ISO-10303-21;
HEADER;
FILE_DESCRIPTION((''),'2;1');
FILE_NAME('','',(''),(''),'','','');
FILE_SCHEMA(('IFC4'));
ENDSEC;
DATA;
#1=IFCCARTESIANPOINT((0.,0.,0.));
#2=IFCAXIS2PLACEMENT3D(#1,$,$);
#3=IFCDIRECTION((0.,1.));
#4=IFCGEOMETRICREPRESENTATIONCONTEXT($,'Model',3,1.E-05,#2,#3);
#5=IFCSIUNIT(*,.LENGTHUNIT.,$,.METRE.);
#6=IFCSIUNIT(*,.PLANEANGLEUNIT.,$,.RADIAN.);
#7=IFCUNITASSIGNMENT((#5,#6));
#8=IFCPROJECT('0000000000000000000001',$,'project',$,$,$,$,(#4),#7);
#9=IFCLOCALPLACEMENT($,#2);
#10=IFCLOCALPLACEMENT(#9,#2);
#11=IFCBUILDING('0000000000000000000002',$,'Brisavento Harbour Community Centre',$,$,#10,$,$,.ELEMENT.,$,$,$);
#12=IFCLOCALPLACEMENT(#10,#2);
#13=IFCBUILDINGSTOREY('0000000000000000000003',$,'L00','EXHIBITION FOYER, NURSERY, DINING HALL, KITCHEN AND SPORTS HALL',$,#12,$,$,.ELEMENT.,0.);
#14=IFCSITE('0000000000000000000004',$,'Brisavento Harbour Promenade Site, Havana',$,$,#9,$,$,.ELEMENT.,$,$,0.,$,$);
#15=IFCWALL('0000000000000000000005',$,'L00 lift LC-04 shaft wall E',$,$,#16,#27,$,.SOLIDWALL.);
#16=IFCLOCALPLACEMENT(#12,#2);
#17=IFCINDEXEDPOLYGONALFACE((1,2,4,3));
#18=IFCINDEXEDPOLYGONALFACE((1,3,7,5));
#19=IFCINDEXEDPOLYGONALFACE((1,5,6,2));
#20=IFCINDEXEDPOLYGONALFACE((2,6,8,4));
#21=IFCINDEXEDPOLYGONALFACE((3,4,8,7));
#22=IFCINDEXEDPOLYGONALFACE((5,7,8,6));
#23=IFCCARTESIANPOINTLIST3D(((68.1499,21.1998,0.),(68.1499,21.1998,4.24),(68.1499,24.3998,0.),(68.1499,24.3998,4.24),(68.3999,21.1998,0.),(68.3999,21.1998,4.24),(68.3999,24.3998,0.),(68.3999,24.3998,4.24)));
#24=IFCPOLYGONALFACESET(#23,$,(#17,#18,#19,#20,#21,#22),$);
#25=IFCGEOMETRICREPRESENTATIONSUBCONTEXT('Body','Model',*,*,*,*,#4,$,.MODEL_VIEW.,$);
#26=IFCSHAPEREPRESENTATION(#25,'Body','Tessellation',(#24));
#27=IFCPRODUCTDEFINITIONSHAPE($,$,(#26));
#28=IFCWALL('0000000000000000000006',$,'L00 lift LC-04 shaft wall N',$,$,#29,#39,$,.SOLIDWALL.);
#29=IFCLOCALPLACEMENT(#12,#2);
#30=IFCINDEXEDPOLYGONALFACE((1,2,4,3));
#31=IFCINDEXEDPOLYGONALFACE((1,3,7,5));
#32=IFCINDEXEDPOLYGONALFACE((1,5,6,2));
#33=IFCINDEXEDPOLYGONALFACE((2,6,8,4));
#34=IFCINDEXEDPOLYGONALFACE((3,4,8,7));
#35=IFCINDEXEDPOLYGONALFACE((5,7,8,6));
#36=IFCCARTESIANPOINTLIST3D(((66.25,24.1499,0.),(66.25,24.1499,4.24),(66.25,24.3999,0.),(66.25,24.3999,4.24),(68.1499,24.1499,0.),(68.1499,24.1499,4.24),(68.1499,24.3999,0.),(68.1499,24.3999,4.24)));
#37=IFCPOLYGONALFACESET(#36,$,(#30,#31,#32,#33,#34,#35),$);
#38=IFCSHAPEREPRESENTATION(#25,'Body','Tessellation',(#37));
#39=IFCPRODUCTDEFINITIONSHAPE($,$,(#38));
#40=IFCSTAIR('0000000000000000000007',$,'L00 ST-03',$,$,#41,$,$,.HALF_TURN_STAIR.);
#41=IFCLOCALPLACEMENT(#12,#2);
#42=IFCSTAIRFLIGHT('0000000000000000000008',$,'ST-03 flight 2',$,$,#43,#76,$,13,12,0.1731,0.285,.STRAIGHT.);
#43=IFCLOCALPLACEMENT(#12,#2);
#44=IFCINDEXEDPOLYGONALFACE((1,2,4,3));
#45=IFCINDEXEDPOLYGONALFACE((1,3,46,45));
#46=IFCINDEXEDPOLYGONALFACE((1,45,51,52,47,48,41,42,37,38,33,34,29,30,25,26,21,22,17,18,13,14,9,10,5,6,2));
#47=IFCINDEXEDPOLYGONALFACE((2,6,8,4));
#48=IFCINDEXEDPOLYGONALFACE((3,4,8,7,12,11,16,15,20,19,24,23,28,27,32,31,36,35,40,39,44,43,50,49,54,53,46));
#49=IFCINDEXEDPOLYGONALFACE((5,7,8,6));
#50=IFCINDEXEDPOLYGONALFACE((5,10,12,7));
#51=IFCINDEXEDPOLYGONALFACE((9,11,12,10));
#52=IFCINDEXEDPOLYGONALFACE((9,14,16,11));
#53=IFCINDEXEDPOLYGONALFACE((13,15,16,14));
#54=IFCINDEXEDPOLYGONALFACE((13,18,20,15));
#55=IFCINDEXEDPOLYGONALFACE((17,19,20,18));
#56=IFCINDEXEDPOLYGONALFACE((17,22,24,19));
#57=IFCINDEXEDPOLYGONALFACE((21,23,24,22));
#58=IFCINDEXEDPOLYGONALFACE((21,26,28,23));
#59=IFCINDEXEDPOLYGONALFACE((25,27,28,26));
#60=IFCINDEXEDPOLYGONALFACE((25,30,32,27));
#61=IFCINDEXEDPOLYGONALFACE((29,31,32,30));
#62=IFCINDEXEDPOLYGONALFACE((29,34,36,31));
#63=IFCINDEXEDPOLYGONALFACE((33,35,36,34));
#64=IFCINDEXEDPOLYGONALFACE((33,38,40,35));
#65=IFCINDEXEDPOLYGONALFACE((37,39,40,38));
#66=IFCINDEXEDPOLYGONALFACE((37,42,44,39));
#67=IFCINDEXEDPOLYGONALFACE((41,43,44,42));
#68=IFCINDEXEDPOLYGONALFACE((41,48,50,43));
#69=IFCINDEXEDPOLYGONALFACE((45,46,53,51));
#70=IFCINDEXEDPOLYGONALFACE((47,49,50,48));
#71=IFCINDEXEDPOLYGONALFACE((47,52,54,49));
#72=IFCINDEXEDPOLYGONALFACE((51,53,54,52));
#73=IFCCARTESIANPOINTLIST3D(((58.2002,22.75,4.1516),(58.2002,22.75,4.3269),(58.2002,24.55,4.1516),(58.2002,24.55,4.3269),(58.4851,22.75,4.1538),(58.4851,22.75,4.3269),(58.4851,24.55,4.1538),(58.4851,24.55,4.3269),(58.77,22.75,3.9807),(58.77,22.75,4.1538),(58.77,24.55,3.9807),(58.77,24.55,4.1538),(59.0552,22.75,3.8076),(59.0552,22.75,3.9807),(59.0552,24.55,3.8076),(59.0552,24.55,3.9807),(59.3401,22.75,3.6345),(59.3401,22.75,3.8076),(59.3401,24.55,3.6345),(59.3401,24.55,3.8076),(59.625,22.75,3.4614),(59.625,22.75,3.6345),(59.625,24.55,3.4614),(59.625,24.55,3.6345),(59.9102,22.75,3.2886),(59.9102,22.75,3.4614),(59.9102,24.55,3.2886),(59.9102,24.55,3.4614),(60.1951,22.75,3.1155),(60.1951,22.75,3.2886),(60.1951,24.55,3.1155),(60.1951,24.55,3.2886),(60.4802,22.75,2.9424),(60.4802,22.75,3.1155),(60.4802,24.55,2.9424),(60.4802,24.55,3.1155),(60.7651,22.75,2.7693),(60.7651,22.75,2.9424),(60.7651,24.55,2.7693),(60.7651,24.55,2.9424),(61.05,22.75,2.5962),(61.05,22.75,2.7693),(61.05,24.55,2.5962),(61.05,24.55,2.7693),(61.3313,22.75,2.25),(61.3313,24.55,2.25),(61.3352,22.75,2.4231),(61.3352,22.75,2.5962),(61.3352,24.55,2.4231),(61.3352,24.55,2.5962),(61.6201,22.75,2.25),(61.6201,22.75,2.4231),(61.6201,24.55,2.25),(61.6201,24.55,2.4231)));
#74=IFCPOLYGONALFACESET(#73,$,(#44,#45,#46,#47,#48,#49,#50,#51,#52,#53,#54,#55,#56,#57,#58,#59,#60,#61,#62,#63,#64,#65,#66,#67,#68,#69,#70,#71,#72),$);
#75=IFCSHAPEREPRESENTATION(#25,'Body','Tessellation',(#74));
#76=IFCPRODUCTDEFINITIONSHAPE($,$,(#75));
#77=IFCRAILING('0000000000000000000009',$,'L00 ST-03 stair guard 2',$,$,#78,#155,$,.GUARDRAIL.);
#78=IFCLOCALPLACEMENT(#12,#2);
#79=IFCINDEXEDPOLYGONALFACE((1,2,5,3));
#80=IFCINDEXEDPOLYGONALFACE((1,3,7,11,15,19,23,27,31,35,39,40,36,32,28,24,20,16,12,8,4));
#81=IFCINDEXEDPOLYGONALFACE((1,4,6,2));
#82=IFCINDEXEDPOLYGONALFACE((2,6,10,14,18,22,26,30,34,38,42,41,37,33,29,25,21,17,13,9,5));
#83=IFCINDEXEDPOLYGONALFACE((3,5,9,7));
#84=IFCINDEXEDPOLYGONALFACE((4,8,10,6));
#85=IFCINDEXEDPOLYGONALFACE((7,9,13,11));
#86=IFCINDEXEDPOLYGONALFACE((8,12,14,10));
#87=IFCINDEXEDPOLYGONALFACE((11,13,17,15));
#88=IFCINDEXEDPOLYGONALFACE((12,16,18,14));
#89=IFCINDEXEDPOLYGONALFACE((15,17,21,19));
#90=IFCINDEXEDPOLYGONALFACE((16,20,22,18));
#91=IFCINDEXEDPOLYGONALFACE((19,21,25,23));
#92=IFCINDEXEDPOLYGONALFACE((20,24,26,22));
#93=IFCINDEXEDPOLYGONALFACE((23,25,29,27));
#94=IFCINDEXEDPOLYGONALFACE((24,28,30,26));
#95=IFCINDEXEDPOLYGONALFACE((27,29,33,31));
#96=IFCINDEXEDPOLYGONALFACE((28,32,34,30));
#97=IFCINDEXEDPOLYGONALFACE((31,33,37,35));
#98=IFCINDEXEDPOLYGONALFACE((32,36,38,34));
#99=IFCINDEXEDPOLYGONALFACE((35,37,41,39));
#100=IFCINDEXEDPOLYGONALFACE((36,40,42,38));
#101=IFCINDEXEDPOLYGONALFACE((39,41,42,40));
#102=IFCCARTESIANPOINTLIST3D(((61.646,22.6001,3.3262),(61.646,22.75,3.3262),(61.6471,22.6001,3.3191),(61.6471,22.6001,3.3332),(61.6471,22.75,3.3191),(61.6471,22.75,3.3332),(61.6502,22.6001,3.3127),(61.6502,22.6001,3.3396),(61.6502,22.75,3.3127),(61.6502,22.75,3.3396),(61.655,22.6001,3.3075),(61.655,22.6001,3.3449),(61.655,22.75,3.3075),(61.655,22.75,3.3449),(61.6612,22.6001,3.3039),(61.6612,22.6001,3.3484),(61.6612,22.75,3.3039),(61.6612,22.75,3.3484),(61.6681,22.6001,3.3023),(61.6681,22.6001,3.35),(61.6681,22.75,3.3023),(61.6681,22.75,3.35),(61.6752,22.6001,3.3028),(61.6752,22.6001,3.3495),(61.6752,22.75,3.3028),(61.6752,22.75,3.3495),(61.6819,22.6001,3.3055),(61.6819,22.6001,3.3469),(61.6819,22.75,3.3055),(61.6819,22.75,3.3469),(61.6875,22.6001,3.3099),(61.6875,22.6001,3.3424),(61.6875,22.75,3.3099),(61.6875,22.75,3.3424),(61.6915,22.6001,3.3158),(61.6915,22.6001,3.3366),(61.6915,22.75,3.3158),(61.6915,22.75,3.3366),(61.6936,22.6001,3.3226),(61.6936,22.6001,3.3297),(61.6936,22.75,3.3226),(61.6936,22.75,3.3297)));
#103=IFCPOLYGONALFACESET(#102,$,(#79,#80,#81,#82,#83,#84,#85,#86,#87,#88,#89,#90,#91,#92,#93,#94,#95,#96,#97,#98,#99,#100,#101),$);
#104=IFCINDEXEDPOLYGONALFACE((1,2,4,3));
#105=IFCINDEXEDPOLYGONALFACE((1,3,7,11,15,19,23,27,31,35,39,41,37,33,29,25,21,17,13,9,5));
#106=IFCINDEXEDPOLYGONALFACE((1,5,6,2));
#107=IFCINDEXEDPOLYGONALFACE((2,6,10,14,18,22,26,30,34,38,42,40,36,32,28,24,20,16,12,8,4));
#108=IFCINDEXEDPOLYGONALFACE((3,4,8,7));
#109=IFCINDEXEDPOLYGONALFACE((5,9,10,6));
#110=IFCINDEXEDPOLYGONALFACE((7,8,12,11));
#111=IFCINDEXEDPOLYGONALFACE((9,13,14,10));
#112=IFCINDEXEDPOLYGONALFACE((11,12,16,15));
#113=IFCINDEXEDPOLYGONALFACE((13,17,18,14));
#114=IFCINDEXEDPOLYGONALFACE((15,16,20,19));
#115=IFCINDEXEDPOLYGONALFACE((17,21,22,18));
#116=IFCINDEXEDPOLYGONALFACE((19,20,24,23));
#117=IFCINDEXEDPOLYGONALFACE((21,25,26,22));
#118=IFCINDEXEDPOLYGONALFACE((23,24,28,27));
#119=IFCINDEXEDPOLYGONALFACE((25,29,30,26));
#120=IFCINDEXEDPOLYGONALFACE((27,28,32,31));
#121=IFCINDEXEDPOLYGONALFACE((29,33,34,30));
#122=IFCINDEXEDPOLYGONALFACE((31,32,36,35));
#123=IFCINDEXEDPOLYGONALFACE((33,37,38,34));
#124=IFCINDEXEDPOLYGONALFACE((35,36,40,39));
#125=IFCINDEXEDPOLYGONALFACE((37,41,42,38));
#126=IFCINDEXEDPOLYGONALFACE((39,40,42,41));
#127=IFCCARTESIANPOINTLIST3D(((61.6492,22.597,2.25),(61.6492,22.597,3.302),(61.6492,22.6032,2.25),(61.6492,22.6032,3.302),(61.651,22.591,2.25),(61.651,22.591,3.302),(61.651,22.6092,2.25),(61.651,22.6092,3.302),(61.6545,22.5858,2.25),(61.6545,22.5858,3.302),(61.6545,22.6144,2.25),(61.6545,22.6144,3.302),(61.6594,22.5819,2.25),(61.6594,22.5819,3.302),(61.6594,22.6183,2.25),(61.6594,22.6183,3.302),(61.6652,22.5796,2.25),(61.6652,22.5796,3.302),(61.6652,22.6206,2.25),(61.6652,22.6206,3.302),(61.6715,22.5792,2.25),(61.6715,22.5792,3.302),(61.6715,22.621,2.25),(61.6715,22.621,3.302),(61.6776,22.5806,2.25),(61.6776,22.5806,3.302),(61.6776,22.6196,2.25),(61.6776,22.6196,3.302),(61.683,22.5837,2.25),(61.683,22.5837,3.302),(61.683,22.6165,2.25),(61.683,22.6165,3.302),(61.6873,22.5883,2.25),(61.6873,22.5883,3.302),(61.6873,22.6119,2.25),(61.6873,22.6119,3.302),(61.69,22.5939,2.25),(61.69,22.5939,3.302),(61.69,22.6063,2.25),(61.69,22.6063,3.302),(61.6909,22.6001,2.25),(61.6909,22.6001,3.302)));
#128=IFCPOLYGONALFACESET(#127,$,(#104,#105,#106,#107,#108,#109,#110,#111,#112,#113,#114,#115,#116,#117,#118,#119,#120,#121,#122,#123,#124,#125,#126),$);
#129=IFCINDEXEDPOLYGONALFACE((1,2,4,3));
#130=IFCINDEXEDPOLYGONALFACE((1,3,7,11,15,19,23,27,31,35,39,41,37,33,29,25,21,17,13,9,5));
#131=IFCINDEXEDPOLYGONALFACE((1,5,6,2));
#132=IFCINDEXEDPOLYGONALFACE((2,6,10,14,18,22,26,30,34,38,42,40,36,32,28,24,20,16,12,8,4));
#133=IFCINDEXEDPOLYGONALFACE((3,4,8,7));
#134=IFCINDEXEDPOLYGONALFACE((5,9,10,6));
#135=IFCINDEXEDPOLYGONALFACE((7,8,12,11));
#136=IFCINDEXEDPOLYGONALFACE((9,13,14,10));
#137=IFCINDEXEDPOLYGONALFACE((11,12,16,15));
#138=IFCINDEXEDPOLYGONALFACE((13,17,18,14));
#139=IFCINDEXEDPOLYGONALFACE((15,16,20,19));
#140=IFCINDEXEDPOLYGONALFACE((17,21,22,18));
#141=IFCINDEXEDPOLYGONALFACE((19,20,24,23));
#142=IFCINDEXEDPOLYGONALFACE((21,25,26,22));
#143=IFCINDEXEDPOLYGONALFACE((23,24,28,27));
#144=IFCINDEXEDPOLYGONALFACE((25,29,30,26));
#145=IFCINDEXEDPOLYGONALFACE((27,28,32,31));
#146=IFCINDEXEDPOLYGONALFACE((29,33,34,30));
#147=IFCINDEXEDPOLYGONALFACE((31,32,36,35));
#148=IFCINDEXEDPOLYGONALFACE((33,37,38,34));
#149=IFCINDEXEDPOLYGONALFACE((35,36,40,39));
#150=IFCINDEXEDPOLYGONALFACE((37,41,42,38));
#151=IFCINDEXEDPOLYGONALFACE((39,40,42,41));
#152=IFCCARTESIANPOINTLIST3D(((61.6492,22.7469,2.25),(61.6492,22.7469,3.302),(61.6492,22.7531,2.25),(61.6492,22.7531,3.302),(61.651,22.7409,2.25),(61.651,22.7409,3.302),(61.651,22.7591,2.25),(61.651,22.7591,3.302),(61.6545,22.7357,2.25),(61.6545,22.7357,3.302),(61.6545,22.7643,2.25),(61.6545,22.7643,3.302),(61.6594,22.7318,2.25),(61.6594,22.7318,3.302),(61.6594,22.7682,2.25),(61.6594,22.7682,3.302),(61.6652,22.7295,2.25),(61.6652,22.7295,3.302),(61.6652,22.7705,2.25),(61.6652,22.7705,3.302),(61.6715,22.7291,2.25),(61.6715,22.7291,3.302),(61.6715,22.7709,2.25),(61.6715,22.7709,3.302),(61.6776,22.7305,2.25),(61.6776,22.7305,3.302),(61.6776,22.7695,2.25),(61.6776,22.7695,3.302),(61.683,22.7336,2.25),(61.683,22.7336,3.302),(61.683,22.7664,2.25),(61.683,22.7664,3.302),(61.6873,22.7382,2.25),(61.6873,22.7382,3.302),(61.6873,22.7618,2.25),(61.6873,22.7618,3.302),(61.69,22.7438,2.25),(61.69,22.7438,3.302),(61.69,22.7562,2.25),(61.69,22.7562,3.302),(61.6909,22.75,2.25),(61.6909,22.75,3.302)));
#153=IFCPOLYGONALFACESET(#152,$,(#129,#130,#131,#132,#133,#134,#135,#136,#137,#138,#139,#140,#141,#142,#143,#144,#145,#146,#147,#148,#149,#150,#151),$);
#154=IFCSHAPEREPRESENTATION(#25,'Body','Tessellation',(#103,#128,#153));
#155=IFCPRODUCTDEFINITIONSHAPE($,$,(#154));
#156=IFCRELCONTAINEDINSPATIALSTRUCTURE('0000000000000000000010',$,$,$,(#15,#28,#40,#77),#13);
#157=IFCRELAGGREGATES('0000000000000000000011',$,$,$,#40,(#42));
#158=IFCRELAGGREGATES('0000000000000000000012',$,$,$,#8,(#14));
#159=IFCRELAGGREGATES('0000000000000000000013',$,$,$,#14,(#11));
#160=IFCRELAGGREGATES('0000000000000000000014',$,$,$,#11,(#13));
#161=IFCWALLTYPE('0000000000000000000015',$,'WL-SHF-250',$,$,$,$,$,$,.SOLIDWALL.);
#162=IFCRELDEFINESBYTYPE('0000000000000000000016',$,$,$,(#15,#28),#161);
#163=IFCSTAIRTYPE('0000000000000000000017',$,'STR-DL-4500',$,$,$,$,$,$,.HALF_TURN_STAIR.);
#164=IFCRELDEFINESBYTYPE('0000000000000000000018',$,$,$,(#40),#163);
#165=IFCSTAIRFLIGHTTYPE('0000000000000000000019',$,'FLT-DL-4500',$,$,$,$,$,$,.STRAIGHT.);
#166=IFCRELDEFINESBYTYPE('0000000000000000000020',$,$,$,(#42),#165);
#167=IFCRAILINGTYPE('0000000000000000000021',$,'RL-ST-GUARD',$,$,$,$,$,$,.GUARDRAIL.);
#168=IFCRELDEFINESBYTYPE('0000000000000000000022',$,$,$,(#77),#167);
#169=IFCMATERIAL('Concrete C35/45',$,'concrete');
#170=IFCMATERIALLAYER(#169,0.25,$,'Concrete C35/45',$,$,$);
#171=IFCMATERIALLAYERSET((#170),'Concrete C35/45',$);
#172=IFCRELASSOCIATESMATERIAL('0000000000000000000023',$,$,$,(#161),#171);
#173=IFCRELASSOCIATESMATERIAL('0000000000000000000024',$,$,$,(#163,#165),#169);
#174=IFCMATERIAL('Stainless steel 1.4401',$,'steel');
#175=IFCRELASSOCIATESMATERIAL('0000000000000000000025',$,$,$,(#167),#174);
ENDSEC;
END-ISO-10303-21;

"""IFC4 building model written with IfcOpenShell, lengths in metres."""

from ifc_helpers import new_model, si_unit, direction, frame, frame_2d, origin, origin_2d, place, context, subcontext, project, spatial, polyline, rectangle, circle, outline, extrude, material, layer, layer_set, type_object, element, aggregate, save


model = new_model("IFC4")

# Units and contexts
model_context = context("Model", 3, precision=1e-05, world=origin(), true_north=direction((0.0, 1.0)))
body_context = subcontext(model_context, "Body", "Model", "MODEL_VIEW")
ifc_project = project(units=[si_unit("LENGTHUNIT", "METRE"), si_unit("PLANEANGLEUNIT", "RADIAN")], contexts=[model_context])

# Site, building, storey
site_placement = place(None, origin())
site = spatial("IfcSite", under=ifc_project, at=site_placement, Name="Brisavento Harbour Promenade Site, Havana", CompositionType="ELEMENT", RefElevation=0.0)
building_placement = place(site_placement, origin())
building = spatial("IfcBuilding", under=site, at=building_placement, Name="Brisavento Harbour Community Centre", CompositionType="ELEMENT")
storey_placement = place(building_placement, origin())
storey = spatial("IfcBuildingStorey", under=building, at=storey_placement, Name="L00", Description="EXHIBITION FOYER, NURSERY, DINING HALL, KITCHEN AND SPORTS HALL", CompositionType="ELEMENT", Elevation=0.0)

# Shared definitions
ifc_material_1 = material(Name="Concrete C35/45", Category="concrete")

# Walls
ifc_layer_1 = layer(ifc_material_1, 0.25, Name="Concrete C35/45")
ifc_layer_set_1 = layer_set([ifc_layer_1], Name="Concrete C35/45")
wall_type_1 = type_object("IfcWallType", Name="WL-SHF-250", PredefinedType="SOLIDWALL", material=ifc_layer_set_1)
wall_1_placement = place(storey_placement, frame((68.2749, 24.3999, 0.0), z_axis=(0.0, 0.0, 1.0), x_axis=(0.0, -1.0, 0.0)))
element("IfcWall", 1, at=wall_1_placement, inside=storey, type_object=wall_type_1, Name="L00 lift LC-04 shaft wall E", PredefinedType="SOLIDWALL", context=body_context, shape_type="SweptSolid", body=[
    extrude(rectangle(XDim=3.2, YDim=0.25, at=frame_2d((1.6001, 0.0))), origin(), (0.0, 0.0, 1.0), 4.24),
])
wall_2_placement = place(storey_placement, frame((68.1499, 24.2749, 0.0), z_axis=(0.0, 0.0, 1.0), x_axis=(-1.0, 0.0, 0.0)))
element("IfcWall", 2, at=wall_2_placement, inside=storey, type_object=wall_type_1, Name="L00 lift LC-04 shaft wall N", PredefinedType="SOLIDWALL", context=body_context, shape_type="SweptSolid", body=[
    extrude(rectangle(XDim=1.8999, YDim=0.25, at=frame_2d((0.95, 0.0))), origin(), (0.0, 0.0, 1.0), 4.24),
])

# Stair, stair flight
stair_type = type_object("IfcStairType", Name="STR-DL-4500", PredefinedType="HALF_TURN_STAIR", material=ifc_material_1)
stair_placement = place(storey_placement, origin())
stair = element("IfcStair", 3, at=stair_placement, inside=storey, type_object=stair_type, Name="L00 ST-03", PredefinedType="HALF_TURN_STAIR")
stair_flight_type = type_object("IfcStairFlightType", Name="FLT-DL-4500", PredefinedType="STRAIGHT", material=ifc_material_1)
stair_flight_placement = place(storey_placement, frame((61.6201, 23.6499, 2.25), z_axis=(0.0, 0.0, 1.0), x_axis=(-1.0, 0.0, 0.0)))
stair_flight = element("IfcStairFlight", 4, at=stair_flight_placement, type_object=stair_flight_type, Name="ST-03 flight 2", NumberOfRisers=13, NumberOfTreads=12, PredefinedType="STRAIGHT", RiserHeight=0.1731, TreadLength=0.285, context=body_context, shape_type="SweptSolid", body=[
    extrude(outline(polyline([(0.0, 0.0), (0.0, 0.1731), (0.2849, 0.1731), (0.2849, 0.3462), (0.5701, 0.3462), (0.5701, 0.5193), (0.855, 0.5193), (0.855, 0.6924), (1.1399, 0.6924), (1.1399, 0.8655), (1.425, 0.8655), (1.425, 1.0386), (1.71, 1.0386), (1.71, 1.2114), (1.9951, 1.2114), (1.9951, 1.3845), (2.28, 1.3845), (2.28, 1.5576), (2.5649, 1.5576), (2.5649, 1.7307), (2.8501, 1.7307), (2.8501, 1.9038), (3.135, 1.9038), (3.135, 2.0769), (3.4199, 2.0769), (3.4199, 2.25), (3.4199, 1.9016), (0.2888, 0.0), (0.0, 0.0)])), frame((0.0, 0.8999, 0.0), z_axis=(0.0, -1.0, 0.0), x_axis=(1.0, 0.0, 0.0)), (0.0, 0.0, 1.0), 1.8),
])
aggregate(stair, [stair_flight])

# Railing
ifc_material_2 = material(Name="Stainless steel 1.4401", Category="steel")
railing_type_1 = type_object("IfcRailingType", Name="RL-ST-GUARD", PredefinedType="GUARDRAIL", material=ifc_material_2)
railing_1_placement = place(storey_placement, frame((61.6699, 22.6001, 2.25)))
element("IfcRailing", 5, at=railing_1_placement, inside=storey, type_object=railing_type_1, Name="L00 ST-03 stair guard 2", PredefinedType="GUARDRAIL", context=body_context, shape_type="SweptSolid", body=[
    extrude(circle(Radius=0.0239, at=origin_2d()), frame((0.0, 0.0, 1.0762), z_axis=(0.0, 1.0, 0.0), x_axis=(-1.0, 0.0, 0.0)), (0.0, 0.0, 1.0), 0.1499),
    extrude(circle(Radius=0.021, at=origin_2d()), origin(), (0.0, 0.0, 1.0), 1.052),
    extrude(circle(Radius=0.021, at=origin_2d()), frame((0.0, 0.1499, 0.0)), (0.0, 0.0, 1.0), 1.052),
])

save(model, "model.ifc")
